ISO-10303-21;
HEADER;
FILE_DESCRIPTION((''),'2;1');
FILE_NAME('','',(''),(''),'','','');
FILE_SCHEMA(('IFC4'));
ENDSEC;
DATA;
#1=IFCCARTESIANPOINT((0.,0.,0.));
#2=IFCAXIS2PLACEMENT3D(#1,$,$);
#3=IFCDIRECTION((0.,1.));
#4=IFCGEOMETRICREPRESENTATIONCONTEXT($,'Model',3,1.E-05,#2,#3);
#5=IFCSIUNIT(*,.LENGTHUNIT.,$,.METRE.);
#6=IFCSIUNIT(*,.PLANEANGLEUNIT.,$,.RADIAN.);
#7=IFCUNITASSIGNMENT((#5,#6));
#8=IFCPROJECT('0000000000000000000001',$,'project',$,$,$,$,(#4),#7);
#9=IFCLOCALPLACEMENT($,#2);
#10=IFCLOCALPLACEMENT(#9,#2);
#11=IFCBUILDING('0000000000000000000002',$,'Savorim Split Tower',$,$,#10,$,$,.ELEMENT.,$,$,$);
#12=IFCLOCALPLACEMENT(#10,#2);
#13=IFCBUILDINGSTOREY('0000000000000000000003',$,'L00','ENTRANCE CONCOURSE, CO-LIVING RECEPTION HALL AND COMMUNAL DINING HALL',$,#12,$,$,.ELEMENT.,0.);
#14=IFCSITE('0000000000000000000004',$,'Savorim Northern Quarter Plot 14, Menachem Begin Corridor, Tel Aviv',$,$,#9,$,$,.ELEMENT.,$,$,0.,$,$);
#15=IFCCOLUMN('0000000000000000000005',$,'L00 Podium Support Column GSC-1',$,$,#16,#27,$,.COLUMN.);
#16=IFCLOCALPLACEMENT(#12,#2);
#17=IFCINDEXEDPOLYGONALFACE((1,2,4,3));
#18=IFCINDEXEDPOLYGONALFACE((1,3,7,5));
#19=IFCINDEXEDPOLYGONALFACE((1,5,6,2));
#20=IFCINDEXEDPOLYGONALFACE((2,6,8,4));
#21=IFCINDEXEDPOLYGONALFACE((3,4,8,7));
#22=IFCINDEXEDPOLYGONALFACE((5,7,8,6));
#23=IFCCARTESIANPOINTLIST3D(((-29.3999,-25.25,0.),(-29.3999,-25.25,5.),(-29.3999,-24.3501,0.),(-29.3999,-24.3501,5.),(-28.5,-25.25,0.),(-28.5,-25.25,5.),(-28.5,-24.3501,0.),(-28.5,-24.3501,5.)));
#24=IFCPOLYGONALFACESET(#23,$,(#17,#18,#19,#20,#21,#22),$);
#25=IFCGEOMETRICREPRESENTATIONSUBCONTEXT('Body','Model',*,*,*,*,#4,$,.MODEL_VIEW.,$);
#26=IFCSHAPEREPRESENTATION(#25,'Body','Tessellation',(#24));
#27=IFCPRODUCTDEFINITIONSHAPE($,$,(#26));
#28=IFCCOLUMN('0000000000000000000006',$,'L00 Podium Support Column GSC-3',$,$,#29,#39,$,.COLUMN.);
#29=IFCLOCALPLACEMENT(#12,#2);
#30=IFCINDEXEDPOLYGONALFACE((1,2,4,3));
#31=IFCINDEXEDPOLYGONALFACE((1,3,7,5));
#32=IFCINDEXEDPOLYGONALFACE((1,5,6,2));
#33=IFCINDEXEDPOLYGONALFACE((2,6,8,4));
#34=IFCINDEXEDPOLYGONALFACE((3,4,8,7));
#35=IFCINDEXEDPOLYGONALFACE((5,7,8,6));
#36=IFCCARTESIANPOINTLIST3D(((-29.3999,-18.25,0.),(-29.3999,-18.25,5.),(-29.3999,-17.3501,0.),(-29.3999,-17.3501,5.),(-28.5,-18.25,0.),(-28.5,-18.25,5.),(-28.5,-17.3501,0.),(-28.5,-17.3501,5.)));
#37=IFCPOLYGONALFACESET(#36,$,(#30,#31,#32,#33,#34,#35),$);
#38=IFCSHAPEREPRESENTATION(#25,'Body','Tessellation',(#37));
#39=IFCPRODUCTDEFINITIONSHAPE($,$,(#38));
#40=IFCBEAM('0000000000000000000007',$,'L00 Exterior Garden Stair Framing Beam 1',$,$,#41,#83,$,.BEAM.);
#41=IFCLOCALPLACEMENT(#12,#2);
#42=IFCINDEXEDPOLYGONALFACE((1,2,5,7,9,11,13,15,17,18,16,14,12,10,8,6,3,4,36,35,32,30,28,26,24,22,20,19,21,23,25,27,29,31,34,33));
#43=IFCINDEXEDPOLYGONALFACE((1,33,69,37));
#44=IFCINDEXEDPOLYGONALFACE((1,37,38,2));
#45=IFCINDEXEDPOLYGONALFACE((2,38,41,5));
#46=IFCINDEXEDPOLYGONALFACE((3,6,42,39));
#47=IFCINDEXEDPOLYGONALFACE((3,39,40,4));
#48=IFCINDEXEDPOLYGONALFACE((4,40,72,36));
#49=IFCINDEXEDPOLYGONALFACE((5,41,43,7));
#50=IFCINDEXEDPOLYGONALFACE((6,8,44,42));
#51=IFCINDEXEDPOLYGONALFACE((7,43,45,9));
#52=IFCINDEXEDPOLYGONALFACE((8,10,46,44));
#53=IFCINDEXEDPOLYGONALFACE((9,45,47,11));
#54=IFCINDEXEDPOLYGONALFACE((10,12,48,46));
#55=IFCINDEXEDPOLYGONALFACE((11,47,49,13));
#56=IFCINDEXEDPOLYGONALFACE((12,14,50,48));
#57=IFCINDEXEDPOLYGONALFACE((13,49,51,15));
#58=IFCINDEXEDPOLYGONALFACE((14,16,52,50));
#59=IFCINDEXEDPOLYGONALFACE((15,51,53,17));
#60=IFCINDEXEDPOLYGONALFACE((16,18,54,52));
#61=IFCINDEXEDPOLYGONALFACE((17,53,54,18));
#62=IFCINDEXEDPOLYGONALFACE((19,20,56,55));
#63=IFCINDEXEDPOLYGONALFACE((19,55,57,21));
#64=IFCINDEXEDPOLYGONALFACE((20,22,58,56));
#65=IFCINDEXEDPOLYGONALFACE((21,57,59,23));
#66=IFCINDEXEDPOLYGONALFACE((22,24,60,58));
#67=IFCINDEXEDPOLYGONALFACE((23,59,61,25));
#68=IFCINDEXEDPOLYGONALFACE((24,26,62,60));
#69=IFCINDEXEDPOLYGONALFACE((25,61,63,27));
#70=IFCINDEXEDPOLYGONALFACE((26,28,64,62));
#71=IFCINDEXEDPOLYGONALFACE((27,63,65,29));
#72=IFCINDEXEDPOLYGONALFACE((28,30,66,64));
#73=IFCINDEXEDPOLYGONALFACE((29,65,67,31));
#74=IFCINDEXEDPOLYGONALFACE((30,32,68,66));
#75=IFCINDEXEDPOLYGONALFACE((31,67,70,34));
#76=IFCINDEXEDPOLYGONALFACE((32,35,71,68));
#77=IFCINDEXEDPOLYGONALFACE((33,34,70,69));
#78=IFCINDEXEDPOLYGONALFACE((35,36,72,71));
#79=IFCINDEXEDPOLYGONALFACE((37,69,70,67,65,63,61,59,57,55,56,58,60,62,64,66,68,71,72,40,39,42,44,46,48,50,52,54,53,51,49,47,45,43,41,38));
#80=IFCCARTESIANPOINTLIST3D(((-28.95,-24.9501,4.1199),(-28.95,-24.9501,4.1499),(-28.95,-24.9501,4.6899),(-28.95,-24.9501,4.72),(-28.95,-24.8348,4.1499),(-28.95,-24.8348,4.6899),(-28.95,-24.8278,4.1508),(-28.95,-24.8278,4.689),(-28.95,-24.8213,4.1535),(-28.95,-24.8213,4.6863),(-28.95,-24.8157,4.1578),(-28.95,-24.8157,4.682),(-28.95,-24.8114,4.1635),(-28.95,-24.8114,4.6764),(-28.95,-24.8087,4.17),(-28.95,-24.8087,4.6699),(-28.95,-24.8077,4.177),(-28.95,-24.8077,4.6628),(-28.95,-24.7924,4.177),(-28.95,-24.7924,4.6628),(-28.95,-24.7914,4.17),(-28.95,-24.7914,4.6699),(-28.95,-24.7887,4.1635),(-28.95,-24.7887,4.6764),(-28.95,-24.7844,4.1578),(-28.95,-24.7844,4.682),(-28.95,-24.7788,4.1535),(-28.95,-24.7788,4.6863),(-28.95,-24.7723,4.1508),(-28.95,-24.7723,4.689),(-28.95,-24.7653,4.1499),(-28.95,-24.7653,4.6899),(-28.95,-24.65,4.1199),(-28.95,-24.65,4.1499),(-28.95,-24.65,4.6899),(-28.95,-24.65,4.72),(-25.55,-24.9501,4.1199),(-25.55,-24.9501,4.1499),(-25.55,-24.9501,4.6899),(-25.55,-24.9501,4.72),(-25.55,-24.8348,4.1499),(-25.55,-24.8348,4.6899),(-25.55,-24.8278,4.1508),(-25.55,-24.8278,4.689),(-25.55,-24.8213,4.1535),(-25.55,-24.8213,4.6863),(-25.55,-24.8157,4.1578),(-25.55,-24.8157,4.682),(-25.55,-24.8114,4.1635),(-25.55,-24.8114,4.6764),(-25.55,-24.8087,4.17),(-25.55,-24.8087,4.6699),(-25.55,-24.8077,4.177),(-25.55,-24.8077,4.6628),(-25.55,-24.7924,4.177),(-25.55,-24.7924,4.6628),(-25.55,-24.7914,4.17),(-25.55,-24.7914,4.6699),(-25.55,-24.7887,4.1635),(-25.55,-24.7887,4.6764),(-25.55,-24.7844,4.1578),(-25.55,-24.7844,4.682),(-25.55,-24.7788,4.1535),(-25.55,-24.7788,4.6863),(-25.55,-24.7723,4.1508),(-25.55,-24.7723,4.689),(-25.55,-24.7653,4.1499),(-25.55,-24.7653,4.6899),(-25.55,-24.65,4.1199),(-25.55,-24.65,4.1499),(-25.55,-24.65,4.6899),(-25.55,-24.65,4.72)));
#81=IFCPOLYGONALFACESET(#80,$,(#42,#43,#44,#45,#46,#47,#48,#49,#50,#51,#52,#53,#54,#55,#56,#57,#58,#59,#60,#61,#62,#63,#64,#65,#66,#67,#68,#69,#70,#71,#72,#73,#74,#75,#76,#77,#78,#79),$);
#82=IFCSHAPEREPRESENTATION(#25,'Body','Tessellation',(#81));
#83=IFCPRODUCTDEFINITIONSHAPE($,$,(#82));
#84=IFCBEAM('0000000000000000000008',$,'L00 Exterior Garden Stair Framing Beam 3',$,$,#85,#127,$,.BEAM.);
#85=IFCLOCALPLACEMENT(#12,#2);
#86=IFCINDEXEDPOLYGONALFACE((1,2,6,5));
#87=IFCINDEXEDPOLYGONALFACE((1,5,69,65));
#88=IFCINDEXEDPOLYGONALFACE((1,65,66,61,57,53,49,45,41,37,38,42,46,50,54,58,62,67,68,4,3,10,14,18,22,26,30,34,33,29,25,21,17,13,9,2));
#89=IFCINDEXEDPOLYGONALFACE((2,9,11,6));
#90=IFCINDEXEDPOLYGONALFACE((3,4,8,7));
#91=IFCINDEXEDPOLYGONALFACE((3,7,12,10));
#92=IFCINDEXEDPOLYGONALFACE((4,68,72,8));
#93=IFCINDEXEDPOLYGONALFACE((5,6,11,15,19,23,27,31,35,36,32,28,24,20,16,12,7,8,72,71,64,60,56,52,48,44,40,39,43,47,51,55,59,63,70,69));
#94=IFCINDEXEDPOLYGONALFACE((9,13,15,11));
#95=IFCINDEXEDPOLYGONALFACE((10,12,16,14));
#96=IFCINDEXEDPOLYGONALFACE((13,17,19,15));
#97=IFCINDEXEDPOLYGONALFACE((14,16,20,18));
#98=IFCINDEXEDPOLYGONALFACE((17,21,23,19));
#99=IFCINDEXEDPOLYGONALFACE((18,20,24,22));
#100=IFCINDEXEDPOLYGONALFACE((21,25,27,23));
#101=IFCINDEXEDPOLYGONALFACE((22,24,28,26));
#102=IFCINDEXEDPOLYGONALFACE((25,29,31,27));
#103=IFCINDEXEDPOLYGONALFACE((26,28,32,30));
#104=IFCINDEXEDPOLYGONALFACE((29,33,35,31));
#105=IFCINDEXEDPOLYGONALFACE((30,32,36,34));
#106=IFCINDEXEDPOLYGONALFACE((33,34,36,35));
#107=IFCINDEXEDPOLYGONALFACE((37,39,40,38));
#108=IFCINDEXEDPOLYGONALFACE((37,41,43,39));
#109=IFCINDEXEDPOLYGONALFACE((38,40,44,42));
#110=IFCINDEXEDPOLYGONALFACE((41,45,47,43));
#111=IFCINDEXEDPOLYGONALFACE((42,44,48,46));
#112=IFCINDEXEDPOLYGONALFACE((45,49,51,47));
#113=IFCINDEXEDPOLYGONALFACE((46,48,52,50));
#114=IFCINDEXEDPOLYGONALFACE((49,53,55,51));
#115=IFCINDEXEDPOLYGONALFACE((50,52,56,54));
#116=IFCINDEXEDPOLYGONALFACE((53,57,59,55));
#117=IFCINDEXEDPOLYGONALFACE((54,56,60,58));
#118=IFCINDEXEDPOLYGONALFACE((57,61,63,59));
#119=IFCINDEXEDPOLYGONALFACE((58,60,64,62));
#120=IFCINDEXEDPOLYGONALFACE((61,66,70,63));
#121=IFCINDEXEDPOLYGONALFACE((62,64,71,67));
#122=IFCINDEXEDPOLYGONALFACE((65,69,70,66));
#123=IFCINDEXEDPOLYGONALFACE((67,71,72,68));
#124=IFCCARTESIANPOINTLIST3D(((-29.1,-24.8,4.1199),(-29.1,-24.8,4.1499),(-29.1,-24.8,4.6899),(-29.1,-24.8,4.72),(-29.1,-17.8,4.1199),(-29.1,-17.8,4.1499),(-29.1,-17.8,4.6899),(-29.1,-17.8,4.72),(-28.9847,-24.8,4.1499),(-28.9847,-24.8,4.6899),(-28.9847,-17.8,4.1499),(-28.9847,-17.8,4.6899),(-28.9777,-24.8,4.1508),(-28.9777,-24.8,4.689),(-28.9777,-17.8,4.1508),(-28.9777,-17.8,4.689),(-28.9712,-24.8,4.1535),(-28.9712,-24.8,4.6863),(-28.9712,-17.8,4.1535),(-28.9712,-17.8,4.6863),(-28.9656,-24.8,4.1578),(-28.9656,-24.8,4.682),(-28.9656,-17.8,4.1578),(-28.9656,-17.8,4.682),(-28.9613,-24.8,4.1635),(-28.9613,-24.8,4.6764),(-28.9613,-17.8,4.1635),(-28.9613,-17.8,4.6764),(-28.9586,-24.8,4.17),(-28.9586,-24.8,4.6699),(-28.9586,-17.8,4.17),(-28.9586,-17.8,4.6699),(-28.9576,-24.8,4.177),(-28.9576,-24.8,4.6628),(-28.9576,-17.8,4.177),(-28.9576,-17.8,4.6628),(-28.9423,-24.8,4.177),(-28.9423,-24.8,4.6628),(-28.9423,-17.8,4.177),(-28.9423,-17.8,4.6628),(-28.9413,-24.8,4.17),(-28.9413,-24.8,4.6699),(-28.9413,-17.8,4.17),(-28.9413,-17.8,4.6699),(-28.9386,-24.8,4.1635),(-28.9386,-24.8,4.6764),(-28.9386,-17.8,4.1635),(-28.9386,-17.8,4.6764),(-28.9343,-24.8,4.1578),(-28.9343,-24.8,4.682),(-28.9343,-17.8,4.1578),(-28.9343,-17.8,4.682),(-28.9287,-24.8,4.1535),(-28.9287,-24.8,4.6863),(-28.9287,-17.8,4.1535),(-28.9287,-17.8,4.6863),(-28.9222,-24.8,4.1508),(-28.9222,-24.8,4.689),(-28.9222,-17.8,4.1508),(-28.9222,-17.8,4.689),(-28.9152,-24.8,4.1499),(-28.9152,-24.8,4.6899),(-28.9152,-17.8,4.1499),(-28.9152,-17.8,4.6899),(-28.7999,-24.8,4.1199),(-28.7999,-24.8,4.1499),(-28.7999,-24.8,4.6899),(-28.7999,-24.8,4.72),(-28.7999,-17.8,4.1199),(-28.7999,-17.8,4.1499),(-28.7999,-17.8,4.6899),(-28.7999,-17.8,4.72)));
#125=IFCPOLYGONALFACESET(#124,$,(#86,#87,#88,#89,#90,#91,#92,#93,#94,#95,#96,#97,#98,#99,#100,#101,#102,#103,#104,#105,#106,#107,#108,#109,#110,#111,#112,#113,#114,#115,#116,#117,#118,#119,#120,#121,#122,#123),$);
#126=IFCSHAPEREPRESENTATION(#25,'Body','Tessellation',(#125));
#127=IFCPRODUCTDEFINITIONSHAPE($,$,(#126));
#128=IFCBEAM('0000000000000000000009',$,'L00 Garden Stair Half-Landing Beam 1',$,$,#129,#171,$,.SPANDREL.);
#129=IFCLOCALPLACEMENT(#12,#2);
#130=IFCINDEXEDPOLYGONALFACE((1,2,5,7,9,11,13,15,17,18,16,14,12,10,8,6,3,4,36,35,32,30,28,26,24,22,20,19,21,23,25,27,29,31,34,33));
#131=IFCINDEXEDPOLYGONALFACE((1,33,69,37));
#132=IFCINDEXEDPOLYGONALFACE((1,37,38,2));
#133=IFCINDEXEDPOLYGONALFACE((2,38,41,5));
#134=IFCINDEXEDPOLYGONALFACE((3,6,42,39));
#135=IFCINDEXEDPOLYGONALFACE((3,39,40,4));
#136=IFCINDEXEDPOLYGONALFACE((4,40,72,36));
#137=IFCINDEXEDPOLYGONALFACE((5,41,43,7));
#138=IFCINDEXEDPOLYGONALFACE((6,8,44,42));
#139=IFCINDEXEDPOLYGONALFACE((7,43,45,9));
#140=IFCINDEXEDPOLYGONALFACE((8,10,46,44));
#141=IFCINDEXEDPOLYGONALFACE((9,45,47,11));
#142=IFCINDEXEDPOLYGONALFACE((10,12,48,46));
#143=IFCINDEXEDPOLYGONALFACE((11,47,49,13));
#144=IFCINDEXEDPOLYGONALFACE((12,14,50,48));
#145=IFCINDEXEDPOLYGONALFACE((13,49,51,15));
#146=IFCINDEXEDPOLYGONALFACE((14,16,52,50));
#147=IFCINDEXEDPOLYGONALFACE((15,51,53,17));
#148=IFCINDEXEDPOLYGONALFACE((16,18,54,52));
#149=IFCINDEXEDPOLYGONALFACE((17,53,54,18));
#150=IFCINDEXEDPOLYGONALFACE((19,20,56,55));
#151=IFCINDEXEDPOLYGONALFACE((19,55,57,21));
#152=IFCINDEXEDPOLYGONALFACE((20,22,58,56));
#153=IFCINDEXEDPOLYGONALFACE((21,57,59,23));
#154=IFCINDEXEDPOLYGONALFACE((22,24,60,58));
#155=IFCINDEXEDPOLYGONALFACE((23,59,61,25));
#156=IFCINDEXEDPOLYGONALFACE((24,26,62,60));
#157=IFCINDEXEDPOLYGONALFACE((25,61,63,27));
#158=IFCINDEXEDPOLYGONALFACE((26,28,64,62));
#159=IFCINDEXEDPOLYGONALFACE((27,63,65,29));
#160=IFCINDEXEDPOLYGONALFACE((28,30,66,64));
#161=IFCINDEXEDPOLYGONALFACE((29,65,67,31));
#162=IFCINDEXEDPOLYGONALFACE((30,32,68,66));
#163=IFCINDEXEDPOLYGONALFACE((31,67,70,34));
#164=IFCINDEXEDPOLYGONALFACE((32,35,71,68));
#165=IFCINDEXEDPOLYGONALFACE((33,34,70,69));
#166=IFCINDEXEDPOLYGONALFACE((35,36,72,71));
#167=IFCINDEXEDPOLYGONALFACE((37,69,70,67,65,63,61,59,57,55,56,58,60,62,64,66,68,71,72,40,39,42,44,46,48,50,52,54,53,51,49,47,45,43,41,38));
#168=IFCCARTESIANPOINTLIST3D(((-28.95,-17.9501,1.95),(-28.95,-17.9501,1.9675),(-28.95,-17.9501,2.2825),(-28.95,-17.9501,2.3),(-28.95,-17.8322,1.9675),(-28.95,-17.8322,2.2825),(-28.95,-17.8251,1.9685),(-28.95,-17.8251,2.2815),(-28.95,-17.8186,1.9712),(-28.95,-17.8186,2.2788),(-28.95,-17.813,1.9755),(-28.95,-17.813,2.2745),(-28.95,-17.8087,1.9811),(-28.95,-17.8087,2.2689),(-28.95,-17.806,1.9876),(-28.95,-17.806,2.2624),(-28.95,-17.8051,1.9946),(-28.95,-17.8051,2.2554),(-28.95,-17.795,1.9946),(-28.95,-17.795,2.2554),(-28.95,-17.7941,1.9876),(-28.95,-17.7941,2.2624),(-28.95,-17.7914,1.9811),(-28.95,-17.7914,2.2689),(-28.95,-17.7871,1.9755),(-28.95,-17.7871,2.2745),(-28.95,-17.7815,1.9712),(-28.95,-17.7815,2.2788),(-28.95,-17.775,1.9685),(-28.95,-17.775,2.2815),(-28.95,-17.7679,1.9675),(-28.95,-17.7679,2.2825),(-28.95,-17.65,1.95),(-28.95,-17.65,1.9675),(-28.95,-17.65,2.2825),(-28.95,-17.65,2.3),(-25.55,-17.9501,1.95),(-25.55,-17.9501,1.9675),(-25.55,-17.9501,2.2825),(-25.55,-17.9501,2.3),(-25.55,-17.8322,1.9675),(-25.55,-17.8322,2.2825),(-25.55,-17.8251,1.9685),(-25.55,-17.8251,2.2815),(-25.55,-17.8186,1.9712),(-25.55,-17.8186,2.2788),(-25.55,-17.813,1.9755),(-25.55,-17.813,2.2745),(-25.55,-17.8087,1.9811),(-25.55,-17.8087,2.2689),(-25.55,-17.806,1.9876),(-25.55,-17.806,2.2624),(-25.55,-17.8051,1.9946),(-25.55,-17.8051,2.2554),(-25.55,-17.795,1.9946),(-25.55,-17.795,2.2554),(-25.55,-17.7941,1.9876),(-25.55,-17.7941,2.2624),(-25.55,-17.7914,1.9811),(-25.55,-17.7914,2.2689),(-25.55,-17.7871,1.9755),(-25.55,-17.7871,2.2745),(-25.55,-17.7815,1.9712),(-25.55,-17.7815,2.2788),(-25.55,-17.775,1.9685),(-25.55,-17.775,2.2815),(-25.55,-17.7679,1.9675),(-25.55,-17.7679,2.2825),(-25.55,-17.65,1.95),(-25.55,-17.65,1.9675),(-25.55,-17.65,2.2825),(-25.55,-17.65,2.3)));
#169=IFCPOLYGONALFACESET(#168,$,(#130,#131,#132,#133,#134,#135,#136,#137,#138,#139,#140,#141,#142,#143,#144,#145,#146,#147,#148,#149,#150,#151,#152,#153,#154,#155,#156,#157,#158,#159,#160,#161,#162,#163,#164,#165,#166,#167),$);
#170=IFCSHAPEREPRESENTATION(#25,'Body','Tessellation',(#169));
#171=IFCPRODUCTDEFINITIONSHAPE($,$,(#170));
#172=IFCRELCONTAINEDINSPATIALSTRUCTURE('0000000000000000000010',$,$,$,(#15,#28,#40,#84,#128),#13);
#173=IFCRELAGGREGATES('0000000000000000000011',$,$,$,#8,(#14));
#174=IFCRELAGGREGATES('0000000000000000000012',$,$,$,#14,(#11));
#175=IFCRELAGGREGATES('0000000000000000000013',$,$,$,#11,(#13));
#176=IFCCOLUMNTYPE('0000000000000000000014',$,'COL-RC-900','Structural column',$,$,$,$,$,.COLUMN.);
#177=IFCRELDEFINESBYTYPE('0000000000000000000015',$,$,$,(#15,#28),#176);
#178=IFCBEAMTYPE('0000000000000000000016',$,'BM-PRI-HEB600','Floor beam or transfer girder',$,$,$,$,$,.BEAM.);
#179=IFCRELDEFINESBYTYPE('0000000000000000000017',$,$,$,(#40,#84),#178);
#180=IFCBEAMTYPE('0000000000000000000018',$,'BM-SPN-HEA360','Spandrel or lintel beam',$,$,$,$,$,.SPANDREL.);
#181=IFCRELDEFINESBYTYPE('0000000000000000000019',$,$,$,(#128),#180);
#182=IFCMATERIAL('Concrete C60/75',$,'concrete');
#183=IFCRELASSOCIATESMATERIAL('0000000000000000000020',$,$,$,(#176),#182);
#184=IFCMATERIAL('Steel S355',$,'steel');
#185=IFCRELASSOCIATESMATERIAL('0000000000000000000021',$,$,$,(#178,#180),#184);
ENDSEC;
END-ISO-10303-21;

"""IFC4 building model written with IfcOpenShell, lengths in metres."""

from ifc_helpers import new_model, si_unit, direction, frame, origin, origin_2d, place, context, subcontext, project, spatial, rectangle, i_section, extrude, material, material_profile, profile_set, type_object, element, save


model = new_model("IFC4")

# Units and contexts
model_context = context("Model", 3, precision=1e-05, world=origin(), true_north=direction((0.0, 1.0)))
body_context = subcontext(model_context, "Body", "Model", "MODEL_VIEW")
ifc_project = project(units=[si_unit("LENGTHUNIT", "METRE"), si_unit("PLANEANGLEUNIT", "RADIAN")], contexts=[model_context])

# Site, building, storey
site_placement = place(None, origin())
site = spatial("IfcSite", under=ifc_project, at=site_placement, Name="Savorim Northern Quarter Plot 14, Menachem Begin Corridor, Tel Aviv", CompositionType="ELEMENT", RefElevation=0.0)
building_placement = place(site_placement, origin())
building = spatial("IfcBuilding", under=site, at=building_placement, Name="Savorim Split Tower", CompositionType="ELEMENT")
storey_placement = place(building_placement, origin())
storey = spatial("IfcBuildingStorey", under=building, at=storey_placement, Name="L00", Description="ENTRANCE CONCOURSE, CO-LIVING RECEPTION HALL AND COMMUNAL DINING HALL", CompositionType="ELEMENT", Elevation=0.0)

# Columns
ifc_material_1 = material(Name="Concrete C60/75", Category="concrete")
ifc_material_profile_1 = material_profile(ifc_material_1, rectangle(XDim=0.8999, YDim=0.8999, at=origin_2d()), Name="RC 900x900")
ifc_profile_set_1 = profile_set([ifc_material_profile_1], Name="Concrete C60/75")
column_type = type_object("IfcColumnType", Name="COL-RC-900", Description="Structural column", PredefinedType="COLUMN", material=ifc_profile_set_1)
for number, where, z_axis, x_axis, name in (
    (1, (-28.95, -24.8, 0.0), (0.0, 0.0, 1.0), (1.0, 0.0, 0.0), "L00 Podium Support Column GSC-1"),
    (2, (-28.95, -17.8, 0.0), (0.0, 0.0, 1.0), (1.0, 0.0, 0.0), "L00 Podium Support Column GSC-3"),
):
    element("IfcColumn", number, at=place(storey_placement, frame(where, z_axis=z_axis, x_axis=x_axis)), inside=storey, type_object=column_type, Name=name, PredefinedType="COLUMN", context=body_context, shape_type="SweptSolid", body=[
        extrude(rectangle(XDim=0.8999, YDim=0.8999, at=origin_2d()), origin(), (0.0, 0.0, 1.0), 5.0),
    ])

# Beams
ifc_material_2 = material(Name="Steel S355", Category="steel")
ifc_material_profile_2 = material_profile(ifc_material_2, i_section(OverallWidth=0.3, OverallDepth=0.6001, WebThickness=0.0154, FlangeThickness=0.03, FilletRadius=0.0271, at=origin_2d()), Name="HEB 600")
ifc_profile_set_2 = profile_set([ifc_material_profile_2], Name="Steel S355")
beam_type_1 = type_object("IfcBeamType", Name="BM-PRI-HEB600", Description="Floor beam or transfer girder", PredefinedType="BEAM", material=ifc_profile_set_2)
beam_1_placement = place(storey_placement, frame((-28.95, -24.8, 4.4199), z_axis=(1.0, 0.0, 0.0), x_axis=(0.0, 1.0, 0.0)))
element("IfcBeam", 3, at=beam_1_placement, inside=storey, type_object=beam_type_1, Name="L00 Exterior Garden Stair Framing Beam 1", PredefinedType="BEAM", context=body_context, shape_type="SweptSolid", body=[
    extrude(i_section(OverallWidth=0.3, OverallDepth=0.6001, WebThickness=0.0154, FlangeThickness=0.03, FilletRadius=0.0271, at=origin_2d()), origin(), (0.0, 0.0, 1.0), 3.3999),
])
beam_2_placement = place(storey_placement, frame((-28.95, -24.8, 4.4199), z_axis=(0.0, 1.0, 0.0), x_axis=(-1.0, 0.0, 0.0)))
element("IfcBeam", 4, at=beam_2_placement, inside=storey, type_object=beam_type_1, Name="L00 Exterior Garden Stair Framing Beam 3", PredefinedType="BEAM", context=body_context, shape_type="SweptSolid", body=[
    extrude(i_section(OverallWidth=0.3, OverallDepth=0.6001, WebThickness=0.0154, FlangeThickness=0.03, FilletRadius=0.0271, at=origin_2d()), origin(), (0.0, 0.0, 1.0), 7.0),
])
ifc_material_profile_3 = material_profile(ifc_material_2, i_section(OverallWidth=0.3, OverallDepth=0.3501, WebThickness=0.01, FlangeThickness=0.0176, FilletRadius=0.0271, at=origin_2d()), Name="HEA 360")
ifc_profile_set_3 = profile_set([ifc_material_profile_3], Name="Steel S355")
beam_type_2 = type_object("IfcBeamType", Name="BM-SPN-HEA360", Description="Spandrel or lintel beam", PredefinedType="SPANDREL", material=ifc_profile_set_3)
beam_3_placement = place(storey_placement, frame((-28.95, -17.8, 2.125), z_axis=(1.0, 0.0, 0.0), x_axis=(0.0, 1.0, 0.0)))
element("IfcBeam", 5, at=beam_3_placement, inside=storey, type_object=beam_type_2, Name="L00 Garden Stair Half-Landing Beam 1", PredefinedType="SPANDREL", context=body_context, shape_type="SweptSolid", body=[
    extrude(i_section(OverallWidth=0.3, OverallDepth=0.3501, WebThickness=0.01, FlangeThickness=0.0176, FilletRadius=0.0271, at=origin_2d()), origin(), (0.0, 0.0, 1.0), 3.3999),
])

save(model, "model.ifc")
